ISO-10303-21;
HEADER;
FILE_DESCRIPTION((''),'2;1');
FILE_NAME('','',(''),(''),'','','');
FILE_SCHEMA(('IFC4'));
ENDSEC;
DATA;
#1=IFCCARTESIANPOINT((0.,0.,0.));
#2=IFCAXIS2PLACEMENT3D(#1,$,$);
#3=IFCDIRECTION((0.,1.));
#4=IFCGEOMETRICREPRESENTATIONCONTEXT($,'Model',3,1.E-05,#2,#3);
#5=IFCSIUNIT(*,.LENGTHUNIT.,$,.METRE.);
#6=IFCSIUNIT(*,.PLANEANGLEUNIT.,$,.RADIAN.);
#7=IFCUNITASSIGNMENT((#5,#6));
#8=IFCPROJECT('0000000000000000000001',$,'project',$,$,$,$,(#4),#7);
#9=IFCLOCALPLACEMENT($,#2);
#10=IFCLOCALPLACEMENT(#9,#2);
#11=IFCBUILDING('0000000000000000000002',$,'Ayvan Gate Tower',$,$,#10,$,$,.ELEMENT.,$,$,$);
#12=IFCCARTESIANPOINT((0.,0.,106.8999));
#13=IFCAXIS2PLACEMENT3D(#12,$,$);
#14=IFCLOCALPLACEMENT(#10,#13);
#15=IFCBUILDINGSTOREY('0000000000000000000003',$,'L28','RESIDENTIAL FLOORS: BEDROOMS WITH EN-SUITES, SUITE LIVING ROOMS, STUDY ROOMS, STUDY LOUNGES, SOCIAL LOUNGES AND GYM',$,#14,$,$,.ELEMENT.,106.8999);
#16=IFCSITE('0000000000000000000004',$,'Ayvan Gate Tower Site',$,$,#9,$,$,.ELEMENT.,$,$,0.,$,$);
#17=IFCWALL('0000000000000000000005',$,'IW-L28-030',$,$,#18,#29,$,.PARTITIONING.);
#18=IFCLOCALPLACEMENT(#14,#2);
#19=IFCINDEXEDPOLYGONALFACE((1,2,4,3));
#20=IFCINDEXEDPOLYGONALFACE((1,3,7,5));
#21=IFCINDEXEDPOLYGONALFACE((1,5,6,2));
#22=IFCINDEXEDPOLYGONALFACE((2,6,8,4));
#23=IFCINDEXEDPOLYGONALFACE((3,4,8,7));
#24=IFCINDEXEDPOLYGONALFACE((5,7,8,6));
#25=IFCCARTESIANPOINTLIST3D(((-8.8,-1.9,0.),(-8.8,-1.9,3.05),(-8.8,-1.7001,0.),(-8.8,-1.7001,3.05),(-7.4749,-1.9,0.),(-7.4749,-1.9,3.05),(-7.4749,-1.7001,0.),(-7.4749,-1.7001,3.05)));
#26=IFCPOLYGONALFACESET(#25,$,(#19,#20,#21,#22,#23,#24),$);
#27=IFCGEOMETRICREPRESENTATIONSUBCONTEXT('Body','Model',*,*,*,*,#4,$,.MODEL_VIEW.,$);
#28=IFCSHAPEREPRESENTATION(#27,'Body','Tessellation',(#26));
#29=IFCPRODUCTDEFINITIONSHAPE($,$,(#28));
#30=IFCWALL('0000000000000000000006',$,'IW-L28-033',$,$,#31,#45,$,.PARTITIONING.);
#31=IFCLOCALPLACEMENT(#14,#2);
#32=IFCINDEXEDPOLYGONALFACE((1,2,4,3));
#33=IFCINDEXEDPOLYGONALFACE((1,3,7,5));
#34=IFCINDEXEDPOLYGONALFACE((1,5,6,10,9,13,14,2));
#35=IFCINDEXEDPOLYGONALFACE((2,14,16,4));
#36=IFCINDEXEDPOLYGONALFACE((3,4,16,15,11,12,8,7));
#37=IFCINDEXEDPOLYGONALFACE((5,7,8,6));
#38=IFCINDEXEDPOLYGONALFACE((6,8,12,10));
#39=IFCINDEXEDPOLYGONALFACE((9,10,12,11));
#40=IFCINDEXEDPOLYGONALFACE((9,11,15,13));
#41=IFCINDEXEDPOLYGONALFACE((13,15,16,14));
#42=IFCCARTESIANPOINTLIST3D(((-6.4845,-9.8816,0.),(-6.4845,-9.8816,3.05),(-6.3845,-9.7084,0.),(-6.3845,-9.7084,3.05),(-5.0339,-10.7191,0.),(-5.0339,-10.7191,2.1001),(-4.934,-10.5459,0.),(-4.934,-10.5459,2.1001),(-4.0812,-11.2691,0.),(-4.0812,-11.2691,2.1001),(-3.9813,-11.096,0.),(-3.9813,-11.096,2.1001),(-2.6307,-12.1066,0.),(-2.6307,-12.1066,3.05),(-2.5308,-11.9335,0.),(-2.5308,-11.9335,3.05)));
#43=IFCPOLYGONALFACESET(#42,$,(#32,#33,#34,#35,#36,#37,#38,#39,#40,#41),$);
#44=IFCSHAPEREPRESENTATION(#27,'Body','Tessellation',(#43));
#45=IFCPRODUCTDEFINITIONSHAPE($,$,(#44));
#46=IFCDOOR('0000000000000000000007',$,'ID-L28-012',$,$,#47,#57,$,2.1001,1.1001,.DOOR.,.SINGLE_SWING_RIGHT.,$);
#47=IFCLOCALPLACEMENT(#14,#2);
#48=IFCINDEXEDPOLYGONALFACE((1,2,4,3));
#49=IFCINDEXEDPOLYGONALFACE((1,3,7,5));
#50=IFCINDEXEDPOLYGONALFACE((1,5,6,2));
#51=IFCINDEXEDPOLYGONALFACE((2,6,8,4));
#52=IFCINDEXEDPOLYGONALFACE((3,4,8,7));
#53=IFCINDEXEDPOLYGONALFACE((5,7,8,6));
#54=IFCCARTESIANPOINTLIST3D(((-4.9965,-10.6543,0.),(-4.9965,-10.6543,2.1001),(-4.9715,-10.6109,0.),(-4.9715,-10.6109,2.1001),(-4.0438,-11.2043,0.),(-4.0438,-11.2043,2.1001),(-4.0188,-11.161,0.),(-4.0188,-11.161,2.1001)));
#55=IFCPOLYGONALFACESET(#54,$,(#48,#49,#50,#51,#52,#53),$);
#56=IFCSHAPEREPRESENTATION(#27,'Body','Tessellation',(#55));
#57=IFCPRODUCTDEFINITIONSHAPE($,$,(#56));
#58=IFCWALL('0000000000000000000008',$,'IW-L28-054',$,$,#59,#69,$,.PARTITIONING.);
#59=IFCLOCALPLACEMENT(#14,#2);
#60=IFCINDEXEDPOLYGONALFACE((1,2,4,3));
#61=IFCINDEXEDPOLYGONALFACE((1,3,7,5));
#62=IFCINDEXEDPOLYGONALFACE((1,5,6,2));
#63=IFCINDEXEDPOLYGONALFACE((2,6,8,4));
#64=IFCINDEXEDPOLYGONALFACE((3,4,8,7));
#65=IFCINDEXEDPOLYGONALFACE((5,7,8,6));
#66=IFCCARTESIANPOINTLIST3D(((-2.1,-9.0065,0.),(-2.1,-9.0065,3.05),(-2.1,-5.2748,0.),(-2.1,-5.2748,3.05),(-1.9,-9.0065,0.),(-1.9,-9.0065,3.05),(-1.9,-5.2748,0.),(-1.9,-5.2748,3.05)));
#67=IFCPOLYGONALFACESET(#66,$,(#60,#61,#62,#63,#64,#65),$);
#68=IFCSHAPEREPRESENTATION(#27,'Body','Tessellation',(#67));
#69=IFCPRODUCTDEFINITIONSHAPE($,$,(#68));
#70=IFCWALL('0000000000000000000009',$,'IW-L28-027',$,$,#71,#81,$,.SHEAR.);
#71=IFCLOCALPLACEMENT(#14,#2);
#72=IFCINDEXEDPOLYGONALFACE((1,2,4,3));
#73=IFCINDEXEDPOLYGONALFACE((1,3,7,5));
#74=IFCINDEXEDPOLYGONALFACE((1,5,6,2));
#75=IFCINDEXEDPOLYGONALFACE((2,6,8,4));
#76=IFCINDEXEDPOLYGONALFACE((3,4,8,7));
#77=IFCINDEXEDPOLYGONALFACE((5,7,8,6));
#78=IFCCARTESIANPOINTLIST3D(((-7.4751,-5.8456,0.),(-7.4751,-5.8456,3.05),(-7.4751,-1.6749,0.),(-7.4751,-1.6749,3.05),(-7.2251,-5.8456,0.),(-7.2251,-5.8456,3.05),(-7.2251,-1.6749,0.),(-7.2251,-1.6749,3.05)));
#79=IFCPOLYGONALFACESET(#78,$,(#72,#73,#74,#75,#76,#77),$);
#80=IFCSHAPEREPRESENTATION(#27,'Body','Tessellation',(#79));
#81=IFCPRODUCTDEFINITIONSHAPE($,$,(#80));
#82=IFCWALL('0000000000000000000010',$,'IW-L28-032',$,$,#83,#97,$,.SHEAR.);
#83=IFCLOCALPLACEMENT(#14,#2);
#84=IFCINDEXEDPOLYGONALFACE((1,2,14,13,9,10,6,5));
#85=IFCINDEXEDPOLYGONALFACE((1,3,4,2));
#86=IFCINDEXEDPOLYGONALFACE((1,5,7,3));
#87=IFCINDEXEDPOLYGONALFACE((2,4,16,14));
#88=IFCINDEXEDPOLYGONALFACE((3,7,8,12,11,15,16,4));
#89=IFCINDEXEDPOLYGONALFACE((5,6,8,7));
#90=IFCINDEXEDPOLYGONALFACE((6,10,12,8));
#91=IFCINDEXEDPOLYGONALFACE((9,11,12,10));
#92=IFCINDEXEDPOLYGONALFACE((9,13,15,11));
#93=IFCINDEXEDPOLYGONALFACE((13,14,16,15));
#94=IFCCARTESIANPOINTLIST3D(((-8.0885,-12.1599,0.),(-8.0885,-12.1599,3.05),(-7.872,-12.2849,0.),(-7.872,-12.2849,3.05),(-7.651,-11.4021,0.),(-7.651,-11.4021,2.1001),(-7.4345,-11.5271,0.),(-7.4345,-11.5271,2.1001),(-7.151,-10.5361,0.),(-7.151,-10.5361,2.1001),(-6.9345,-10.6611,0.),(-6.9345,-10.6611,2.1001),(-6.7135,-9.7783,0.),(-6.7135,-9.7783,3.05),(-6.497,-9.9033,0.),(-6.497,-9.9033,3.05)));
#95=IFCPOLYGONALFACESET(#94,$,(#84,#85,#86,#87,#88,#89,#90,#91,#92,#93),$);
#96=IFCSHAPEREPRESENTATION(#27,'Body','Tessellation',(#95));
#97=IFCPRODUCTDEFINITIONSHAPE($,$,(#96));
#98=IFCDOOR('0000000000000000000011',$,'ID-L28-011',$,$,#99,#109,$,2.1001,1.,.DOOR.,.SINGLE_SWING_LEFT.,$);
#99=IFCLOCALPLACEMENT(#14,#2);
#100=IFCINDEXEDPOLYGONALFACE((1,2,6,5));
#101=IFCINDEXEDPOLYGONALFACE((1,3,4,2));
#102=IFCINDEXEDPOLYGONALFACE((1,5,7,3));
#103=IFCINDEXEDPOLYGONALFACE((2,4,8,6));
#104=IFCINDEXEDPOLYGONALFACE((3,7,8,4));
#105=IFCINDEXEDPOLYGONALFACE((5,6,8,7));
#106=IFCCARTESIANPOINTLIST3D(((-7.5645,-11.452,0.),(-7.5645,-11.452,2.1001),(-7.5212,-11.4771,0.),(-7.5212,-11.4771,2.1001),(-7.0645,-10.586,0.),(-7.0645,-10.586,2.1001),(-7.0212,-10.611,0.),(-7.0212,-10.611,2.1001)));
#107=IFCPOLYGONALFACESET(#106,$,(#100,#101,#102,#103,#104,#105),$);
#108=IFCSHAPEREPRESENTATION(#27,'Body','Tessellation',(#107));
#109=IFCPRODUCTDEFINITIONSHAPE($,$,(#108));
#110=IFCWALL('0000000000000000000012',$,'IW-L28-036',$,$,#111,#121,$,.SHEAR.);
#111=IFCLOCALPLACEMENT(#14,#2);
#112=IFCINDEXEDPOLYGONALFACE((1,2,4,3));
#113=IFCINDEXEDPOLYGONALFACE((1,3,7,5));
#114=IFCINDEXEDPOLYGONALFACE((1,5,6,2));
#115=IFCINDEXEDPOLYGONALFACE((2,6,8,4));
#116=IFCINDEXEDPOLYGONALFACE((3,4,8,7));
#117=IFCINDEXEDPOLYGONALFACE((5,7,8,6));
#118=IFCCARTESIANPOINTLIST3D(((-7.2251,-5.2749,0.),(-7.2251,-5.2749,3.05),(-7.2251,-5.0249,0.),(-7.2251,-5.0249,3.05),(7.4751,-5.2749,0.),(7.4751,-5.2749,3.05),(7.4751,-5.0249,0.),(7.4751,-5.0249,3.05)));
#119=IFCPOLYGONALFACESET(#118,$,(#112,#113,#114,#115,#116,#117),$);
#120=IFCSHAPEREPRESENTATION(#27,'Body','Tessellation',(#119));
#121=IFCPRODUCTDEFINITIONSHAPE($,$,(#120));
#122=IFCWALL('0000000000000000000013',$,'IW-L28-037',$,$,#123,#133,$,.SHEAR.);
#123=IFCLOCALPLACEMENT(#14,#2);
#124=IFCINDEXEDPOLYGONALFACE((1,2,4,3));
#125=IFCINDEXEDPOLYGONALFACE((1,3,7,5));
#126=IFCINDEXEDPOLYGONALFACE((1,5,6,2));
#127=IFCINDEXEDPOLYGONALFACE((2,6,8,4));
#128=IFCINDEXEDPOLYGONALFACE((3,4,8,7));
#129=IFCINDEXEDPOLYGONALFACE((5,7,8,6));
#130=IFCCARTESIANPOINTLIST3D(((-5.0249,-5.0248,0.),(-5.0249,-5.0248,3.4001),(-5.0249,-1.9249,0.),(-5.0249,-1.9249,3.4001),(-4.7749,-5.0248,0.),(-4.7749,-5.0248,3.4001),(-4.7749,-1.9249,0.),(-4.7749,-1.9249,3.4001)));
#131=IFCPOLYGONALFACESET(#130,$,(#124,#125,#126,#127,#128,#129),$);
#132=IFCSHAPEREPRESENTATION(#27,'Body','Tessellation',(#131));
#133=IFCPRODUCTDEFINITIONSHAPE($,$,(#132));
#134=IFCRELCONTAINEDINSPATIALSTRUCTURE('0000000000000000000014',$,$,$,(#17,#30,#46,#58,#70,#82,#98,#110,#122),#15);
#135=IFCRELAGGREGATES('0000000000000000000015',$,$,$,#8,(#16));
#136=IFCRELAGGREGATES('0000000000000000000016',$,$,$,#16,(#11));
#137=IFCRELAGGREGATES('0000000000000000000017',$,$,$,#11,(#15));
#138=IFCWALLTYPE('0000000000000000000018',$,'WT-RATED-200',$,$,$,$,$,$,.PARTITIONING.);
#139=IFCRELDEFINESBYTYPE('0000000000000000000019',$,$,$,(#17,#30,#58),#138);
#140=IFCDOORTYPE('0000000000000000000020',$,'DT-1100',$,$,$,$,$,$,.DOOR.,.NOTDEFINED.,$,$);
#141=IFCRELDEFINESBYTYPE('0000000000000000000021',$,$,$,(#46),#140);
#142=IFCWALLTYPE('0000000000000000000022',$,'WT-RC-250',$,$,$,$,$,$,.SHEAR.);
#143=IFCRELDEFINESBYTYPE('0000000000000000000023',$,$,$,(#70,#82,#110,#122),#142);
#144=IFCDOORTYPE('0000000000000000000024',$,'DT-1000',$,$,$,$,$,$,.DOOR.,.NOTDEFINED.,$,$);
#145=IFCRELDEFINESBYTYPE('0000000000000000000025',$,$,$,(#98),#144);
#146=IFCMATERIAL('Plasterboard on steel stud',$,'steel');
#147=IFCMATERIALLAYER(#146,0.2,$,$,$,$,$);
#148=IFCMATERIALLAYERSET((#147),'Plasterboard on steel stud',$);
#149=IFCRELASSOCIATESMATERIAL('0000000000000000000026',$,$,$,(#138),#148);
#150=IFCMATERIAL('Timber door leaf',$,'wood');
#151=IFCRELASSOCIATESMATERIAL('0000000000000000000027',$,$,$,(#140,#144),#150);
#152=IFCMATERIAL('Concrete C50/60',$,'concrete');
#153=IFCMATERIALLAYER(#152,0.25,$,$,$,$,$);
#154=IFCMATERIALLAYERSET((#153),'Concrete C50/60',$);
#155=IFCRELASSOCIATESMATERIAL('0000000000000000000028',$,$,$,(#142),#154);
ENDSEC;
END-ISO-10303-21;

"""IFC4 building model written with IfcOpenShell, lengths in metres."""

from ifc_helpers import new_model, si_unit, direction, frame, frame_2d, origin, place, context, subcontext, project, spatial, rectangle, extrude, material, layer, layer_set, type_object, element, fill, save


model = new_model("IFC4")

# Units and contexts
model_context = context("Model", 3, precision=1e-05, world=origin(), true_north=direction((0.0, 1.0)))
body_context = subcontext(model_context, "Body", "Model", "MODEL_VIEW")
ifc_project = project(units=[si_unit("LENGTHUNIT", "METRE"), si_unit("PLANEANGLEUNIT", "RADIAN")], contexts=[model_context])

# Site, building, storey
site_placement = place(None, origin())
site = spatial("IfcSite", under=ifc_project, at=site_placement, Name="Ayvan Gate Tower Site", CompositionType="ELEMENT", RefElevation=0.0)
building_placement = place(site_placement, origin())
building = spatial("IfcBuilding", under=site, at=building_placement, Name="Ayvan Gate Tower", CompositionType="ELEMENT")
storey_placement = place(building_placement, frame((0.0, 0.0, 106.8999)))
storey = spatial("IfcBuildingStorey", under=building, at=storey_placement, Name="L28", Description="RESIDENTIAL FLOORS: BEDROOMS WITH EN-SUITES, SUITE LIVING ROOMS, STUDY ROOMS, STUDY LOUNGES, SOCIAL LOUNGES AND GYM", CompositionType="ELEMENT", Elevation=106.8999)

# Wall
ifc_material_1 = material(Name="Plasterboard on steel stud", Category="steel")
ifc_layer_1 = layer(ifc_material_1, 0.2)
ifc_layer_set_1 = layer_set([ifc_layer_1], Name="Plasterboard on steel stud")
wall_type_1 = type_object("IfcWallType", Name="WT-RATED-200", PredefinedType="PARTITIONING", material=ifc_layer_set_1)
wall_1_placement = place(storey_placement, frame((-7.4749, -1.8, 0.0), z_axis=(0.0, 0.0, 1.0), x_axis=(-1.0, 0.0, 0.0)))
element("IfcWall", 1, at=wall_1_placement, inside=storey, type_object=wall_type_1, Name="IW-L28-030", PredefinedType="PARTITIONING", context=body_context, shape_type="SweptSolid", body=[
    extrude(rectangle(XDim=1.3252, YDim=0.2, at=frame_2d((0.6626, 0.0))), origin(), (0.0, 0.0, 1.0), 3.05),
])

# Wall, opening, door
wall_2_placement = place(storey_placement, frame((-6.4346, -9.7949, 0.0), z_axis=(0.0, 0.0, 1.0), x_axis=(0.866013, -0.500022, 0.0)))
wall_2 = element("IfcWall", 2, at=wall_2_placement, inside=storey, type_object=wall_type_1, Name="IW-L28-033", PredefinedType="PARTITIONING", context=body_context, shape_type="SweptSolid", body=[
    extrude(rectangle(XDim=4.45, YDim=0.2, at=frame_2d((2.2251, 0.0))), origin(), (0.0, 0.0, 1.0), 3.05),
])
opening_1_placement = place(wall_2_placement, frame((1.675, 0.0, 0.0)))
opening_1 = element("IfcOpeningElement", 3, at=opening_1_placement, cuts=wall_2, PredefinedType="OPENING", context=body_context, shape_type="SweptSolid", body=[
    extrude(rectangle(XDim=1.1001, YDim=2.1001, at=frame_2d((0.55, 1.05))), frame((0.0, 0.1099, 0.0), z_axis=(0.0, -1.0, 0.0), x_axis=(1.0, 0.0, 0.0)), (0.0, 0.0, 1.0), 0.22),
])
ifc_material_2 = material(Name="Timber door leaf", Category="wood")
door_type_1 = type_object("IfcDoorType", Name="DT-1100", OperationType="NOTDEFINED", PredefinedType="DOOR", material=ifc_material_2)
door_1_placement = place(opening_1_placement, origin())
door_1 = element("IfcDoor", 4, at=door_1_placement, inside=storey, type_object=door_type_1, Name="ID-L28-012", OperationType="SINGLE_SWING_RIGHT", OverallHeight=2.1001, OverallWidth=1.1001, PredefinedType="DOOR", context=body_context, shape_type="SweptSolid", body=[
    extrude(rectangle(XDim=1.1001, YDim=2.1001, at=frame_2d((0.55, 1.05))), frame((0.0, 0.0249, 0.0), z_axis=(0.0, -1.0, 0.0), x_axis=(1.0, 0.0, 0.0)), (0.0, 0.0, 1.0), 0.05),
])
fill(opening_1, door_1)

# Walls
wall_3_placement = place(storey_placement, frame((-2.0, -5.2749, 0.0), z_axis=(0.0, 0.0, 1.0), x_axis=(0.0, -1.0, 0.0)))
element("IfcWall", 5, at=wall_3_placement, inside=storey, type_object=wall_type_1, Name="IW-L28-054", PredefinedType="PARTITIONING", context=body_context, shape_type="SweptSolid", body=[
    extrude(rectangle(XDim=3.7317, YDim=0.2, at=frame_2d((1.8657, 0.0))), origin(), (0.0, 0.0, 1.0), 3.05),
])
ifc_material_3 = material(Name="Concrete C50/60", Category="concrete")
ifc_layer_2 = layer(ifc_material_3, 0.25)
ifc_layer_set_2 = layer_set([ifc_layer_2], Name="Concrete C50/60")
wall_type_2 = type_object("IfcWallType", Name="WT-RC-250", PredefinedType="SHEAR", material=ifc_layer_set_2)
wall_4_placement = place(storey_placement, frame((-7.3501, -5.8457, 0.0), z_axis=(0.0, 0.0, 1.0), x_axis=(0.0, 1.0, 0.0)))
element("IfcWall", 6, at=wall_4_placement, inside=storey, type_object=wall_type_2, Name="IW-L28-027", PredefinedType="SHEAR", context=body_context, shape_type="SweptSolid", body=[
    extrude(rectangle(XDim=4.1707, YDim=0.25, at=frame_2d((2.0854, 0.0))), origin(), (0.0, 0.0, 1.0), 3.05),
])

# Wall, opening, door
wall_5_placement = place(storey_placement, frame((-6.6052, -9.8408, 0.0), z_axis=(0.0, 0.0, 1.0), x_axis=(-0.499997, -0.866027, 0.0)))
wall_5 = element("IfcWall", 7, at=wall_5_placement, inside=storey, type_object=wall_type_2, Name="IW-L28-032", PredefinedType="SHEAR", context=body_context, shape_type="SweptSolid", body=[
    extrude(rectangle(XDim=2.75, YDim=0.25, at=frame_2d((1.375, 0.0))), origin(), (0.0, 0.0, 1.0), 3.05),
])
opening_2_placement = place(wall_5_placement, frame((0.875, 0.0, 0.0)))
opening_2 = element("IfcOpeningElement", 8, at=opening_2_placement, cuts=wall_5, PredefinedType="OPENING", context=body_context, shape_type="SweptSolid", body=[
    extrude(rectangle(XDim=1.0, YDim=2.1001, at=frame_2d((0.5, 1.05))), frame((0.0, 0.135, 0.0), z_axis=(0.0, -1.0, 0.0), x_axis=(1.0, 0.0, 0.0)), (0.0, 0.0, 1.0), 0.27),
])
door_type_2 = type_object("IfcDoorType", Name="DT-1000", OperationType="NOTDEFINED", PredefinedType="DOOR", material=ifc_material_2)
door_2_placement = place(opening_2_placement, origin())
door_2 = element("IfcDoor", 9, at=door_2_placement, inside=storey, type_object=door_type_2, Name="ID-L28-011", OperationType="SINGLE_SWING_LEFT", OverallHeight=2.1001, OverallWidth=1.0, PredefinedType="DOOR", context=body_context, shape_type="SweptSolid", body=[
    extrude(rectangle(XDim=1.0, YDim=2.1001, at=frame_2d((0.5, 1.05))), frame((0.0, 0.0249, 0.0), z_axis=(0.0, -1.0, 0.0), x_axis=(1.0, 0.0, 0.0)), (0.0, 0.0, 1.0), 0.05),
])
fill(opening_2, door_2)

# Walls
wall_6_placement = place(storey_placement, frame((-7.2251, -5.1499, 0.0), z_axis=(0.0, 0.0, 1.0), x_axis=(1.0, 0.0, 0.0)))
element("IfcWall", 10, at=wall_6_placement, inside=storey, type_object=wall_type_2, Name="IW-L28-036", PredefinedType="SHEAR", context=body_context, shape_type="SweptSolid", body=[
    extrude(rectangle(XDim=14.7002, YDim=0.25, at=frame_2d((7.3501, 0.0))), origin(), (0.0, 0.0, 1.0), 3.05),
])
wall_7_placement = place(storey_placement, frame((-4.8999, -1.925, 0.0), z_axis=(0.0, 0.0, 1.0), x_axis=(0.0, -1.0, 0.0)))
element("IfcWall", 11, at=wall_7_placement, inside=storey, type_object=wall_type_2, Name="IW-L28-037", PredefinedType="SHEAR", context=body_context, shape_type="SweptSolid", body=[
    extrude(rectangle(XDim=3.0999, YDim=0.25, at=frame_2d((1.5498, 0.0))), origin(), (0.0, 0.0, 1.0), 3.4001),
])

save(model, "model.ifc")
